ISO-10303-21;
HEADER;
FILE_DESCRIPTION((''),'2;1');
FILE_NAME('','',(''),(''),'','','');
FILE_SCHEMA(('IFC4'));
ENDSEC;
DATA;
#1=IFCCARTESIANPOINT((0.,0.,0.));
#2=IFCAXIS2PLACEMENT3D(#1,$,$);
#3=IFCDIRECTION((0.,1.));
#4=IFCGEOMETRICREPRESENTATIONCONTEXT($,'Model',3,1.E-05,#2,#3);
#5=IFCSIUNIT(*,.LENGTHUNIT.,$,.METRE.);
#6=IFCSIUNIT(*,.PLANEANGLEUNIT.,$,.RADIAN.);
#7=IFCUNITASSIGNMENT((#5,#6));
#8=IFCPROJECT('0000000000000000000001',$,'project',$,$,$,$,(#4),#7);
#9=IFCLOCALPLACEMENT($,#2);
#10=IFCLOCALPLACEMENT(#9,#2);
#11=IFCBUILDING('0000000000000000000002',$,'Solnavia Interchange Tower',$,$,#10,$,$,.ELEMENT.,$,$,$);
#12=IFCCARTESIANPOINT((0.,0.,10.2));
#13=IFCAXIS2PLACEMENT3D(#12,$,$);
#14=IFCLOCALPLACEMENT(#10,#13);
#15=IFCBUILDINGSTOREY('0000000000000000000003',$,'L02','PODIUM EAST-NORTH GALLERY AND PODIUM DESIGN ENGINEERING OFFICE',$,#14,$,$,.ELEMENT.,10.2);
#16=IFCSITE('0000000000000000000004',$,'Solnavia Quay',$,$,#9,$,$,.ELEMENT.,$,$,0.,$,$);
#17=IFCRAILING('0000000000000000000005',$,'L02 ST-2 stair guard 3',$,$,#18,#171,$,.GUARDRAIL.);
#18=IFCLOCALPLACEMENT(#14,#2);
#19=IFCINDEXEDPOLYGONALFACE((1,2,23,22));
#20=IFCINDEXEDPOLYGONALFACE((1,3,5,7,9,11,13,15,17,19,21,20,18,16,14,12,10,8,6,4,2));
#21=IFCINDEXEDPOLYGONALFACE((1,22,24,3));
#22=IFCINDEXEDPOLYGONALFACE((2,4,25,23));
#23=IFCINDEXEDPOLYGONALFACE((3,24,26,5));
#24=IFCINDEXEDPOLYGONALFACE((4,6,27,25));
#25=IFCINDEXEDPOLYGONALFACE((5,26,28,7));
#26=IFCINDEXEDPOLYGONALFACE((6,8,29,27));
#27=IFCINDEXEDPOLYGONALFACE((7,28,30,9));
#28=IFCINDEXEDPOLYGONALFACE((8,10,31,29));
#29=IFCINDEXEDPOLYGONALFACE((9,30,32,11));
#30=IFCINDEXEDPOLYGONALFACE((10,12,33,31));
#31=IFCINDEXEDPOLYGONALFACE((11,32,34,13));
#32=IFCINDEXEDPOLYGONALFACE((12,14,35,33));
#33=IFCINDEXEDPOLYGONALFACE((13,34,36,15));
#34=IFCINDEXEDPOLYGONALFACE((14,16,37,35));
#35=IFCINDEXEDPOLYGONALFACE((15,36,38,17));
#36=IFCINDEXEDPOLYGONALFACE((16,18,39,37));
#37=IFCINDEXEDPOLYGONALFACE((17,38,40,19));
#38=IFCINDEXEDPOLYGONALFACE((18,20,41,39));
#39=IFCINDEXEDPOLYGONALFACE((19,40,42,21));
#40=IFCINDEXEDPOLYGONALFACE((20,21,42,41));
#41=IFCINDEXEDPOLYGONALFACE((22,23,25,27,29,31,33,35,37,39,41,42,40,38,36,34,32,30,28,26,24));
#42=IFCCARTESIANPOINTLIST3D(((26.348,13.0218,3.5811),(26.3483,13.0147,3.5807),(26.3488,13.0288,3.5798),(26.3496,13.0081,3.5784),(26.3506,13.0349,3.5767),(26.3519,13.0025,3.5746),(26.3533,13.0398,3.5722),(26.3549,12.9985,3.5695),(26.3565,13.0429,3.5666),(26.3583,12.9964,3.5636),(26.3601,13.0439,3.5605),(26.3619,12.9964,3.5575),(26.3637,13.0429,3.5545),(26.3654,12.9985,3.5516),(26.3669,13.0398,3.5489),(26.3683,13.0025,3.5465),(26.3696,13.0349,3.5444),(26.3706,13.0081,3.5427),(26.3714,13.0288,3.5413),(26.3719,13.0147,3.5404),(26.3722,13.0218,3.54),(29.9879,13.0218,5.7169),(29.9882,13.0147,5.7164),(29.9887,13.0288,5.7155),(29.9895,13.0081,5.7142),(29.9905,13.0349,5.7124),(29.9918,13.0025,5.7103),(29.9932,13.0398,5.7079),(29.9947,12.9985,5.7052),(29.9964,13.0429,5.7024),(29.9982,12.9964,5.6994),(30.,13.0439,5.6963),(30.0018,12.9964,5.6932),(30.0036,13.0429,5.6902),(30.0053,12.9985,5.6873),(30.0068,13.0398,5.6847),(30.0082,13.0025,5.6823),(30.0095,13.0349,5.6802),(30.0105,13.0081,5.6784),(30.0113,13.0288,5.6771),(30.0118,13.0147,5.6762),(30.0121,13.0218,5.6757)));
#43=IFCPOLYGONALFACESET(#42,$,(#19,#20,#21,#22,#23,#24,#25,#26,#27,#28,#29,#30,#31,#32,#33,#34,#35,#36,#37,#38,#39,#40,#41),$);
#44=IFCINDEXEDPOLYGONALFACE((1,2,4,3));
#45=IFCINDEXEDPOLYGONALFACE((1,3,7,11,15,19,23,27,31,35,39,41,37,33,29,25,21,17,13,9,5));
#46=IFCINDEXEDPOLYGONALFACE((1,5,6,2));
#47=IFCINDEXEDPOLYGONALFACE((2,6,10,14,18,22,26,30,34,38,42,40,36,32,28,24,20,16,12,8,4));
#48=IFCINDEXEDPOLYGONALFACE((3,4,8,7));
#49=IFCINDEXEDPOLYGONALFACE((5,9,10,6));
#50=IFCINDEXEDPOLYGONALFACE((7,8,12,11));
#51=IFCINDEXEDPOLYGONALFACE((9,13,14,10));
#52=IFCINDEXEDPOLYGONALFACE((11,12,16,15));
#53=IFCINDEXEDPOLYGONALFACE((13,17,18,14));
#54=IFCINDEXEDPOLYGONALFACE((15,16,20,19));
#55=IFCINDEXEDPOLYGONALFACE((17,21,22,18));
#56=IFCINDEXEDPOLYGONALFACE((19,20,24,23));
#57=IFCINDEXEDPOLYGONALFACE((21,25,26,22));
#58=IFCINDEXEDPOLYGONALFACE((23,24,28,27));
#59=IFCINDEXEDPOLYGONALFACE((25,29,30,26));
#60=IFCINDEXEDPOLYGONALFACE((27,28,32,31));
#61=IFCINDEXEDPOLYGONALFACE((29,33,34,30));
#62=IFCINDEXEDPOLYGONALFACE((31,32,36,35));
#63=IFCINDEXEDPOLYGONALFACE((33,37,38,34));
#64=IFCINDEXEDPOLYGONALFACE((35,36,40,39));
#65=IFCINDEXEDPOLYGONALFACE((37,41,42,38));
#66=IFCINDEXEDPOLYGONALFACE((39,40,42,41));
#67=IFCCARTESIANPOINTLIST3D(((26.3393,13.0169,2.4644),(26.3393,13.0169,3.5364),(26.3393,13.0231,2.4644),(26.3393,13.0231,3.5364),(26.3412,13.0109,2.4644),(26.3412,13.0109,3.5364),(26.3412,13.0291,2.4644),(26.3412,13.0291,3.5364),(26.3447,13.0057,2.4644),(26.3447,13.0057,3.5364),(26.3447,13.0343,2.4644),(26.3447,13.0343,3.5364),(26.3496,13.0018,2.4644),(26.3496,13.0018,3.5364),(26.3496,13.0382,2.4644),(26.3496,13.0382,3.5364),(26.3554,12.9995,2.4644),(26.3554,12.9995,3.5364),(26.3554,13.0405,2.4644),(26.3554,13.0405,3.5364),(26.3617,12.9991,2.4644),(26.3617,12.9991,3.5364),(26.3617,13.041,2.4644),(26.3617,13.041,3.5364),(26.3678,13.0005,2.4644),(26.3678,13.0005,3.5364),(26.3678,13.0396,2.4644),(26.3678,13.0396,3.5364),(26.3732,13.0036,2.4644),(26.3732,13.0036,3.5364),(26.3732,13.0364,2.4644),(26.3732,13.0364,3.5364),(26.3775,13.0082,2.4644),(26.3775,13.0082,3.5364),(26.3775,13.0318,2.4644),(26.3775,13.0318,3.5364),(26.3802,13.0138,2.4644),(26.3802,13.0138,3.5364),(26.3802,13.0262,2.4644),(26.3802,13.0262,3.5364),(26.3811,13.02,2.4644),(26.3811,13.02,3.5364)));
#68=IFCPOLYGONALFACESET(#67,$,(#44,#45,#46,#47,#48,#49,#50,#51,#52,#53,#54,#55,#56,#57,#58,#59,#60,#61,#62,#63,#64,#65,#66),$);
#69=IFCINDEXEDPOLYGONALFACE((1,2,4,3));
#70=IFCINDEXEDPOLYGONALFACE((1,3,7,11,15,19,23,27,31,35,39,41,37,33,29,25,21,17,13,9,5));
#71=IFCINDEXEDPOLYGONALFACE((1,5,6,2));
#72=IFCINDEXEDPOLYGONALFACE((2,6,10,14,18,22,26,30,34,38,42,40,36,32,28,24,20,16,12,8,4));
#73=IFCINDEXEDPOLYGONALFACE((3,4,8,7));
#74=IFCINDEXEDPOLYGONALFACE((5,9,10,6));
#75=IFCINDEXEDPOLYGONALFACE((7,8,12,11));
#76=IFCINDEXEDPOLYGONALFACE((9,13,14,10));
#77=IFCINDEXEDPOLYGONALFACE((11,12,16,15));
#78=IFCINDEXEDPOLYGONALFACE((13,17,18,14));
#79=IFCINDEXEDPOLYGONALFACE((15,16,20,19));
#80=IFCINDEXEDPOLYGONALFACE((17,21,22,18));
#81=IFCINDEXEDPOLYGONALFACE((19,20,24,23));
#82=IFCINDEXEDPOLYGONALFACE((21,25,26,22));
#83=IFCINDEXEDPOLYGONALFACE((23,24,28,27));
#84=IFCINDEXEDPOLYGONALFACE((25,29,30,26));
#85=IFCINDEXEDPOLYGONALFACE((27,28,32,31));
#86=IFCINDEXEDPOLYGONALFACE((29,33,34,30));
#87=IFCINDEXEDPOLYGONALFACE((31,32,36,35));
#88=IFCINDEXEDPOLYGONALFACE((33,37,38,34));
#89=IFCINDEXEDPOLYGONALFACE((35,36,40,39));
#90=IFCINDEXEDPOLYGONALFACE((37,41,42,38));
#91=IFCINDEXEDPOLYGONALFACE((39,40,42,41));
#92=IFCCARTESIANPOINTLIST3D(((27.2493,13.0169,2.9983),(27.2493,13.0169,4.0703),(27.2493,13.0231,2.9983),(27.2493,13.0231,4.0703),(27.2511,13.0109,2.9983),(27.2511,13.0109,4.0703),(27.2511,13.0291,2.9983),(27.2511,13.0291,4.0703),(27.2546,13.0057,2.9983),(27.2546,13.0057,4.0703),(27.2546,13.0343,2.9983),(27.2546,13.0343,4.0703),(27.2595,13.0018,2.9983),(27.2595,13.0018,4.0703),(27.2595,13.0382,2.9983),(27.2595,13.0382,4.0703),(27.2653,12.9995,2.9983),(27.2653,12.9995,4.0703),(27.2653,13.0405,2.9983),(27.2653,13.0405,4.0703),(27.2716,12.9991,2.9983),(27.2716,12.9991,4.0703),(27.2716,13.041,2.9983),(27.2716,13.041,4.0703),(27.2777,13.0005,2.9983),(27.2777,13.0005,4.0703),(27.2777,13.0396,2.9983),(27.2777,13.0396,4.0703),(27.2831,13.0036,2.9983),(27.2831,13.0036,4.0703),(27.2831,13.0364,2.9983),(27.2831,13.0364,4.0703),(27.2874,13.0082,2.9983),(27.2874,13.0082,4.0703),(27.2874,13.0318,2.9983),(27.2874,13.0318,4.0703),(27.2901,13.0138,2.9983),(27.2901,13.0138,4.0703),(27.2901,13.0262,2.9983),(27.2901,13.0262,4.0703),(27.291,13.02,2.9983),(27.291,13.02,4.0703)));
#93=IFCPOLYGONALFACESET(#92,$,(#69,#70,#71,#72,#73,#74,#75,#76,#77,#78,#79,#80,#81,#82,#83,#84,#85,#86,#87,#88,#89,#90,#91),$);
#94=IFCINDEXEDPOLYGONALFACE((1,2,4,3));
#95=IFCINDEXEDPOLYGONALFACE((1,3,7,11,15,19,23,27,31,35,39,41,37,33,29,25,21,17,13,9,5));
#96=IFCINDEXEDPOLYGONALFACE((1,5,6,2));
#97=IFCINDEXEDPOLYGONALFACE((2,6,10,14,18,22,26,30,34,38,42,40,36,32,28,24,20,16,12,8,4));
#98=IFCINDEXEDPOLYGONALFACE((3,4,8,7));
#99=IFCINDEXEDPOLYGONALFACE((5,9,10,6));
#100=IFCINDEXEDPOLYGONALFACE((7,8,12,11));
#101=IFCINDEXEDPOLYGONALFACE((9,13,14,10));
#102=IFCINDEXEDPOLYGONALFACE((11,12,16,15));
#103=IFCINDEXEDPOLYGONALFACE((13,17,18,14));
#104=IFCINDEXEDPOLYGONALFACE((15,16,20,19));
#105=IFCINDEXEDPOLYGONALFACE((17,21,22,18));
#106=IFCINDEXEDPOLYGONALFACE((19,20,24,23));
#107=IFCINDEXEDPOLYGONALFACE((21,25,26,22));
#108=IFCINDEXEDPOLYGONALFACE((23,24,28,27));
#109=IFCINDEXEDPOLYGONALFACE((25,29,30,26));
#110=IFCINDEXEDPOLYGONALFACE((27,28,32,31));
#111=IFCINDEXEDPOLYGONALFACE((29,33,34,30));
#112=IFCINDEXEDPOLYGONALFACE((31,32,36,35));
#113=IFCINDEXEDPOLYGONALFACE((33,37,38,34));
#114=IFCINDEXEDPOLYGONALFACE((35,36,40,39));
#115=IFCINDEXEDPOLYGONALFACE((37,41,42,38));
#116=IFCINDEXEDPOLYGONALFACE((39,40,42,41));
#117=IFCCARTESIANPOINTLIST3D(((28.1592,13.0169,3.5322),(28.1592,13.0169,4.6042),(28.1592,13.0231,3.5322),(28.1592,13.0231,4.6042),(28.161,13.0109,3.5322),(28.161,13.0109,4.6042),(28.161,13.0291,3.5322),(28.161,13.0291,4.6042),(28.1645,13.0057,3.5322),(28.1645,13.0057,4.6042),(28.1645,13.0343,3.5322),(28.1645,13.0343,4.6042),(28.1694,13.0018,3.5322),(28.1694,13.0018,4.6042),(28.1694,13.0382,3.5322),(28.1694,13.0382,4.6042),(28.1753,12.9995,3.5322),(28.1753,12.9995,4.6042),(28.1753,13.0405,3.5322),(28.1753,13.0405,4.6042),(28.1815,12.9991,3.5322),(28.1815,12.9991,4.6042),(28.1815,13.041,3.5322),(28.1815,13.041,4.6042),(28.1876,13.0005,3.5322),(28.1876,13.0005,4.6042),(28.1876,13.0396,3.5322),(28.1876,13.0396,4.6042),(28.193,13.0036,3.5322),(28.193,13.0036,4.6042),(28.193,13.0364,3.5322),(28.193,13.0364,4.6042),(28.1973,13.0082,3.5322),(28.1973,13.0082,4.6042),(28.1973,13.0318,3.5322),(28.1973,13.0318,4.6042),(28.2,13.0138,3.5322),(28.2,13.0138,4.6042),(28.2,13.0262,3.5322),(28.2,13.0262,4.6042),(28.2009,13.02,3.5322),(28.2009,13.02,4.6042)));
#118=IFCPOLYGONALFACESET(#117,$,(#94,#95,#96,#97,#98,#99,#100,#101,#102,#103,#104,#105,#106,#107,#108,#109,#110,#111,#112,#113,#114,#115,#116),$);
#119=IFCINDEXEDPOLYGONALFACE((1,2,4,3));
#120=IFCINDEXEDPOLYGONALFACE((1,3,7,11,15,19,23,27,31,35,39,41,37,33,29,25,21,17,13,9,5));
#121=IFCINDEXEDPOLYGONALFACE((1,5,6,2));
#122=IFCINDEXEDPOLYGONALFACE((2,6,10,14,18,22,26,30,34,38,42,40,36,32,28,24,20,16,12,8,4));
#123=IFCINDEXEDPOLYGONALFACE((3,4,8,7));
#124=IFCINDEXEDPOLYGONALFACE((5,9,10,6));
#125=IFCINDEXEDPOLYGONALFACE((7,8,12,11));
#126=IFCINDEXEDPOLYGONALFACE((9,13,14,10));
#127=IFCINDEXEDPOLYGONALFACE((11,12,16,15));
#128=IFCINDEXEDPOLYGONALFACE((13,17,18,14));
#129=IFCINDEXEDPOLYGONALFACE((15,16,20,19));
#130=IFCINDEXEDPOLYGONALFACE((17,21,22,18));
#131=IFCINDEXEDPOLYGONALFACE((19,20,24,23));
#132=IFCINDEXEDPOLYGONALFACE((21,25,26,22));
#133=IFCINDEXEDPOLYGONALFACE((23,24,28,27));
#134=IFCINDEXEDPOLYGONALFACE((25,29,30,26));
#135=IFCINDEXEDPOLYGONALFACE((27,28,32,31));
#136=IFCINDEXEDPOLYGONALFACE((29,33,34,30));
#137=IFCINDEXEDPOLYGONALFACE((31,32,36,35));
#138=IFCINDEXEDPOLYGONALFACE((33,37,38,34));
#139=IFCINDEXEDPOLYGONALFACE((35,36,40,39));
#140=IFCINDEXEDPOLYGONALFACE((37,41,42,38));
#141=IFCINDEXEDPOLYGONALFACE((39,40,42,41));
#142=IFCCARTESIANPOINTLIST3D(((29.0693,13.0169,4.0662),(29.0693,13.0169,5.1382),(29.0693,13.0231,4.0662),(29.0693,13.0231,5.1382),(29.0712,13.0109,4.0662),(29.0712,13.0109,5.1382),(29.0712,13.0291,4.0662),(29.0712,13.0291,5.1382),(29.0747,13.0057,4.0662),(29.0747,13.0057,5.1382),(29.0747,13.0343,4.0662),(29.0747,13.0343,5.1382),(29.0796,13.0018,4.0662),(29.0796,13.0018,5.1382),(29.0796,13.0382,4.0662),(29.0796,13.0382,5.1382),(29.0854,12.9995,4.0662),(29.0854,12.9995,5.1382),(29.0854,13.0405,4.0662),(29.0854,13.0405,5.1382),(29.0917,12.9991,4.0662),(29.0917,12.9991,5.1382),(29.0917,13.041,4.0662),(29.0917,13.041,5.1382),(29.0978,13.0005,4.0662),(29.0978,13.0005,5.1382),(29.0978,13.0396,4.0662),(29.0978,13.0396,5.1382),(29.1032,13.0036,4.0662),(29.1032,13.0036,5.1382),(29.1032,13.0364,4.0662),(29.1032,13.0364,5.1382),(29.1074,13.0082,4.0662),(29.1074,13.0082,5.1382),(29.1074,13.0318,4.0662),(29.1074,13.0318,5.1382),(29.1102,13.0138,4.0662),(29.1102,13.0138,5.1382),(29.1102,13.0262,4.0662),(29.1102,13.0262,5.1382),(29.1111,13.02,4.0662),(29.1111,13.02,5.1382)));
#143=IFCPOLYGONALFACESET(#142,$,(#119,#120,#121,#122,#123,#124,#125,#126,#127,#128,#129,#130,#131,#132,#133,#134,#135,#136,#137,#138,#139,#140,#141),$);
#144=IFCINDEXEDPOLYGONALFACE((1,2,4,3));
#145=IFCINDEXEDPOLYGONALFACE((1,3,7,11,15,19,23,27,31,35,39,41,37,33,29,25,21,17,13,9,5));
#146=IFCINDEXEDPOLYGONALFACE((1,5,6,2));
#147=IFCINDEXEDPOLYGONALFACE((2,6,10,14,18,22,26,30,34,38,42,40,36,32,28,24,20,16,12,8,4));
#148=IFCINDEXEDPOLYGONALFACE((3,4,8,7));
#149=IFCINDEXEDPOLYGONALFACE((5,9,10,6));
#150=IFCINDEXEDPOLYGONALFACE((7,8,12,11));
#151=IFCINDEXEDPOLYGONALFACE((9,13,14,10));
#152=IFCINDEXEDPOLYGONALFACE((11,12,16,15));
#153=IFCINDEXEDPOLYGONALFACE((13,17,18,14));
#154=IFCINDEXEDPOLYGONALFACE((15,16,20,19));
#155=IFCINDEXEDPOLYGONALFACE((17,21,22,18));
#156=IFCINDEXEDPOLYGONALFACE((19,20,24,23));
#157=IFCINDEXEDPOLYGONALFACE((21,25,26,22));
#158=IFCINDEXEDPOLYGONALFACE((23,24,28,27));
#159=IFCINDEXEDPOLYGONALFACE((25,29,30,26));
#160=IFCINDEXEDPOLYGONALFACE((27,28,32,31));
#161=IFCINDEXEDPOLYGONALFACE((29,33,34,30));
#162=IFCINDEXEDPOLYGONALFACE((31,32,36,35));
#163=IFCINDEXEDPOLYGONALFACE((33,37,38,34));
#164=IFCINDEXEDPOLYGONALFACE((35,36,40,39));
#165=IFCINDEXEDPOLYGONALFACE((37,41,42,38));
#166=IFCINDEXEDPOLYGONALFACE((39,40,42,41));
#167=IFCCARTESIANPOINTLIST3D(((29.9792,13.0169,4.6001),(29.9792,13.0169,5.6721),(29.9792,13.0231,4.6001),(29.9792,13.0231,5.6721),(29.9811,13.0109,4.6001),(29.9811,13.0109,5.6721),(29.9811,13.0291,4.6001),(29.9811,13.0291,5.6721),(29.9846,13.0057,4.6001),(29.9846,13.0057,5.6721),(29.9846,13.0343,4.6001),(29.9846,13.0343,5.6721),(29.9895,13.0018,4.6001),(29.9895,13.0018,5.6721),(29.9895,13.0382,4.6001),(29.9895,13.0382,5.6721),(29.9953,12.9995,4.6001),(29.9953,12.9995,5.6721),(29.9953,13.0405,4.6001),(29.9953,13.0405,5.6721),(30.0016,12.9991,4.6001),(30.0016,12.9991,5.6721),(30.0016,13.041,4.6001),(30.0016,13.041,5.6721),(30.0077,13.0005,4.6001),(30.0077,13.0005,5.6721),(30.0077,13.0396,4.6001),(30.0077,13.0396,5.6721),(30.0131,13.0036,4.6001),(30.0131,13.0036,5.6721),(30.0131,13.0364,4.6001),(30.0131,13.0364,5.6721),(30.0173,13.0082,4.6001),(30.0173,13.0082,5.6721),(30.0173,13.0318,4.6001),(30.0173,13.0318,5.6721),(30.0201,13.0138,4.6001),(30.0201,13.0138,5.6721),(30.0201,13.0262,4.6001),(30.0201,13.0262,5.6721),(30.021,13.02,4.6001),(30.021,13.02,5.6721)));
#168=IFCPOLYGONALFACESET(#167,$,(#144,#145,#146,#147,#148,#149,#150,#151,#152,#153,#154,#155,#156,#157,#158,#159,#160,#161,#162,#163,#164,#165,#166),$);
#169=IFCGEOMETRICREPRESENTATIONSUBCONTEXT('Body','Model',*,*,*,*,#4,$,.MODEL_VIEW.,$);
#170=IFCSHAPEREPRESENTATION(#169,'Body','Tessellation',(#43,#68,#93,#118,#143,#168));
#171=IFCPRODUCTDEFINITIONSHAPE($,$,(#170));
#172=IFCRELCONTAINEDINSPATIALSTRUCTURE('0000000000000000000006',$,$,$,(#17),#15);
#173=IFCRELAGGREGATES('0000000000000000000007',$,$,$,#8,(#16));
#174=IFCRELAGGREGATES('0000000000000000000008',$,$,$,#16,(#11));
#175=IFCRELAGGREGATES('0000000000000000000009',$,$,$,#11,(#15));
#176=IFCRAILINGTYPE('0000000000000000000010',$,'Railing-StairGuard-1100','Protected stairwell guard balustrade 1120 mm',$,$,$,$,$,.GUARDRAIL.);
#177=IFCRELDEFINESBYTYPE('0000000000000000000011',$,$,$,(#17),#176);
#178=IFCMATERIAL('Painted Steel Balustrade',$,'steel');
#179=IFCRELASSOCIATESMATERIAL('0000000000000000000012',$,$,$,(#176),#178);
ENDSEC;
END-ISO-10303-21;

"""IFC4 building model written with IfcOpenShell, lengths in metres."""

from ifc_helpers import new_model, si_unit, direction, frame, origin, origin_2d, place, context, subcontext, project, spatial, circle, extrude, material, type_object, element, save


model = new_model("IFC4")

# Units and contexts
model_context = context("Model", 3, precision=1e-05, world=origin(), true_north=direction((0.0, 1.0)))
body_context = subcontext(model_context, "Body", "Model", "MODEL_VIEW")
ifc_project = project(units=[si_unit("LENGTHUNIT", "METRE"), si_unit("PLANEANGLEUNIT", "RADIAN")], contexts=[model_context])

# Site, building, storey
site_placement = place(None, origin())
site = spatial("IfcSite", under=ifc_project, at=site_placement, Name="Solnavia Quay", CompositionType="ELEMENT", RefElevation=0.0)
building_placement = place(site_placement, origin())
building = spatial("IfcBuilding", under=site, at=building_placement, Name="Solnavia Interchange Tower", CompositionType="ELEMENT")
storey_placement = place(building_placement, frame((0.0, 0.0, 10.2)))
storey = spatial("IfcBuildingStorey", under=building, at=storey_placement, Name="L02", Description="PODIUM EAST-NORTH GALLERY AND PODIUM DESIGN ENGINEERING OFFICE", CompositionType="ELEMENT", Elevation=10.2)

# Railing
ifc_material_1 = material(Name="Painted Steel Balustrade", Category="steel")
railing_type_1 = type_object("IfcRailingType", Name="Railing-StairGuard-1100", Description="Protected stairwell guard balustrade 1120 mm", PredefinedType="GUARDRAIL", material=ifc_material_1)
railing_1_placement = place(storey_placement, frame((26.3601, 13.02, 2.4644)))
element("IfcRailing", 1, at=railing_1_placement, inside=storey, type_object=railing_type_1, Name="L02 ST-2 stair guard 3", PredefinedType="GUARDRAIL", context=body_context, shape_type="SweptSolid", body=[
    extrude(circle(Radius=0.0239, at=origin_2d()), frame((0.0, 0.0, 1.0962), z_axis=(0.86249, 0.0, 0.506074), x_axis=(0.0, 1.0, 0.0)), (0.0, 0.0, 1.0), 4.2202),
    extrude(circle(Radius=0.021, at=origin_2d()), origin(), (0.0, 0.0, 1.0), 1.072),
    extrude(circle(Radius=0.021, at=origin_2d()), frame((0.9099, 0.0, 0.5339)), (0.0, 0.0, 1.0), 1.072),
    extrude(circle(Radius=0.021, at=origin_2d()), frame((1.8198, 0.0, 1.0679)), (0.0, 0.0, 1.0), 1.072),
    extrude(circle(Radius=0.021, at=origin_2d()), frame((2.73, 0.0, 1.6018)), (0.0, 0.0, 1.0), 1.072),
    extrude(circle(Radius=0.021, at=origin_2d()), frame((3.6399, 0.0, 2.1357)), (0.0, 0.0, 1.0), 1.072),
])

save(model, "model.ifc")
